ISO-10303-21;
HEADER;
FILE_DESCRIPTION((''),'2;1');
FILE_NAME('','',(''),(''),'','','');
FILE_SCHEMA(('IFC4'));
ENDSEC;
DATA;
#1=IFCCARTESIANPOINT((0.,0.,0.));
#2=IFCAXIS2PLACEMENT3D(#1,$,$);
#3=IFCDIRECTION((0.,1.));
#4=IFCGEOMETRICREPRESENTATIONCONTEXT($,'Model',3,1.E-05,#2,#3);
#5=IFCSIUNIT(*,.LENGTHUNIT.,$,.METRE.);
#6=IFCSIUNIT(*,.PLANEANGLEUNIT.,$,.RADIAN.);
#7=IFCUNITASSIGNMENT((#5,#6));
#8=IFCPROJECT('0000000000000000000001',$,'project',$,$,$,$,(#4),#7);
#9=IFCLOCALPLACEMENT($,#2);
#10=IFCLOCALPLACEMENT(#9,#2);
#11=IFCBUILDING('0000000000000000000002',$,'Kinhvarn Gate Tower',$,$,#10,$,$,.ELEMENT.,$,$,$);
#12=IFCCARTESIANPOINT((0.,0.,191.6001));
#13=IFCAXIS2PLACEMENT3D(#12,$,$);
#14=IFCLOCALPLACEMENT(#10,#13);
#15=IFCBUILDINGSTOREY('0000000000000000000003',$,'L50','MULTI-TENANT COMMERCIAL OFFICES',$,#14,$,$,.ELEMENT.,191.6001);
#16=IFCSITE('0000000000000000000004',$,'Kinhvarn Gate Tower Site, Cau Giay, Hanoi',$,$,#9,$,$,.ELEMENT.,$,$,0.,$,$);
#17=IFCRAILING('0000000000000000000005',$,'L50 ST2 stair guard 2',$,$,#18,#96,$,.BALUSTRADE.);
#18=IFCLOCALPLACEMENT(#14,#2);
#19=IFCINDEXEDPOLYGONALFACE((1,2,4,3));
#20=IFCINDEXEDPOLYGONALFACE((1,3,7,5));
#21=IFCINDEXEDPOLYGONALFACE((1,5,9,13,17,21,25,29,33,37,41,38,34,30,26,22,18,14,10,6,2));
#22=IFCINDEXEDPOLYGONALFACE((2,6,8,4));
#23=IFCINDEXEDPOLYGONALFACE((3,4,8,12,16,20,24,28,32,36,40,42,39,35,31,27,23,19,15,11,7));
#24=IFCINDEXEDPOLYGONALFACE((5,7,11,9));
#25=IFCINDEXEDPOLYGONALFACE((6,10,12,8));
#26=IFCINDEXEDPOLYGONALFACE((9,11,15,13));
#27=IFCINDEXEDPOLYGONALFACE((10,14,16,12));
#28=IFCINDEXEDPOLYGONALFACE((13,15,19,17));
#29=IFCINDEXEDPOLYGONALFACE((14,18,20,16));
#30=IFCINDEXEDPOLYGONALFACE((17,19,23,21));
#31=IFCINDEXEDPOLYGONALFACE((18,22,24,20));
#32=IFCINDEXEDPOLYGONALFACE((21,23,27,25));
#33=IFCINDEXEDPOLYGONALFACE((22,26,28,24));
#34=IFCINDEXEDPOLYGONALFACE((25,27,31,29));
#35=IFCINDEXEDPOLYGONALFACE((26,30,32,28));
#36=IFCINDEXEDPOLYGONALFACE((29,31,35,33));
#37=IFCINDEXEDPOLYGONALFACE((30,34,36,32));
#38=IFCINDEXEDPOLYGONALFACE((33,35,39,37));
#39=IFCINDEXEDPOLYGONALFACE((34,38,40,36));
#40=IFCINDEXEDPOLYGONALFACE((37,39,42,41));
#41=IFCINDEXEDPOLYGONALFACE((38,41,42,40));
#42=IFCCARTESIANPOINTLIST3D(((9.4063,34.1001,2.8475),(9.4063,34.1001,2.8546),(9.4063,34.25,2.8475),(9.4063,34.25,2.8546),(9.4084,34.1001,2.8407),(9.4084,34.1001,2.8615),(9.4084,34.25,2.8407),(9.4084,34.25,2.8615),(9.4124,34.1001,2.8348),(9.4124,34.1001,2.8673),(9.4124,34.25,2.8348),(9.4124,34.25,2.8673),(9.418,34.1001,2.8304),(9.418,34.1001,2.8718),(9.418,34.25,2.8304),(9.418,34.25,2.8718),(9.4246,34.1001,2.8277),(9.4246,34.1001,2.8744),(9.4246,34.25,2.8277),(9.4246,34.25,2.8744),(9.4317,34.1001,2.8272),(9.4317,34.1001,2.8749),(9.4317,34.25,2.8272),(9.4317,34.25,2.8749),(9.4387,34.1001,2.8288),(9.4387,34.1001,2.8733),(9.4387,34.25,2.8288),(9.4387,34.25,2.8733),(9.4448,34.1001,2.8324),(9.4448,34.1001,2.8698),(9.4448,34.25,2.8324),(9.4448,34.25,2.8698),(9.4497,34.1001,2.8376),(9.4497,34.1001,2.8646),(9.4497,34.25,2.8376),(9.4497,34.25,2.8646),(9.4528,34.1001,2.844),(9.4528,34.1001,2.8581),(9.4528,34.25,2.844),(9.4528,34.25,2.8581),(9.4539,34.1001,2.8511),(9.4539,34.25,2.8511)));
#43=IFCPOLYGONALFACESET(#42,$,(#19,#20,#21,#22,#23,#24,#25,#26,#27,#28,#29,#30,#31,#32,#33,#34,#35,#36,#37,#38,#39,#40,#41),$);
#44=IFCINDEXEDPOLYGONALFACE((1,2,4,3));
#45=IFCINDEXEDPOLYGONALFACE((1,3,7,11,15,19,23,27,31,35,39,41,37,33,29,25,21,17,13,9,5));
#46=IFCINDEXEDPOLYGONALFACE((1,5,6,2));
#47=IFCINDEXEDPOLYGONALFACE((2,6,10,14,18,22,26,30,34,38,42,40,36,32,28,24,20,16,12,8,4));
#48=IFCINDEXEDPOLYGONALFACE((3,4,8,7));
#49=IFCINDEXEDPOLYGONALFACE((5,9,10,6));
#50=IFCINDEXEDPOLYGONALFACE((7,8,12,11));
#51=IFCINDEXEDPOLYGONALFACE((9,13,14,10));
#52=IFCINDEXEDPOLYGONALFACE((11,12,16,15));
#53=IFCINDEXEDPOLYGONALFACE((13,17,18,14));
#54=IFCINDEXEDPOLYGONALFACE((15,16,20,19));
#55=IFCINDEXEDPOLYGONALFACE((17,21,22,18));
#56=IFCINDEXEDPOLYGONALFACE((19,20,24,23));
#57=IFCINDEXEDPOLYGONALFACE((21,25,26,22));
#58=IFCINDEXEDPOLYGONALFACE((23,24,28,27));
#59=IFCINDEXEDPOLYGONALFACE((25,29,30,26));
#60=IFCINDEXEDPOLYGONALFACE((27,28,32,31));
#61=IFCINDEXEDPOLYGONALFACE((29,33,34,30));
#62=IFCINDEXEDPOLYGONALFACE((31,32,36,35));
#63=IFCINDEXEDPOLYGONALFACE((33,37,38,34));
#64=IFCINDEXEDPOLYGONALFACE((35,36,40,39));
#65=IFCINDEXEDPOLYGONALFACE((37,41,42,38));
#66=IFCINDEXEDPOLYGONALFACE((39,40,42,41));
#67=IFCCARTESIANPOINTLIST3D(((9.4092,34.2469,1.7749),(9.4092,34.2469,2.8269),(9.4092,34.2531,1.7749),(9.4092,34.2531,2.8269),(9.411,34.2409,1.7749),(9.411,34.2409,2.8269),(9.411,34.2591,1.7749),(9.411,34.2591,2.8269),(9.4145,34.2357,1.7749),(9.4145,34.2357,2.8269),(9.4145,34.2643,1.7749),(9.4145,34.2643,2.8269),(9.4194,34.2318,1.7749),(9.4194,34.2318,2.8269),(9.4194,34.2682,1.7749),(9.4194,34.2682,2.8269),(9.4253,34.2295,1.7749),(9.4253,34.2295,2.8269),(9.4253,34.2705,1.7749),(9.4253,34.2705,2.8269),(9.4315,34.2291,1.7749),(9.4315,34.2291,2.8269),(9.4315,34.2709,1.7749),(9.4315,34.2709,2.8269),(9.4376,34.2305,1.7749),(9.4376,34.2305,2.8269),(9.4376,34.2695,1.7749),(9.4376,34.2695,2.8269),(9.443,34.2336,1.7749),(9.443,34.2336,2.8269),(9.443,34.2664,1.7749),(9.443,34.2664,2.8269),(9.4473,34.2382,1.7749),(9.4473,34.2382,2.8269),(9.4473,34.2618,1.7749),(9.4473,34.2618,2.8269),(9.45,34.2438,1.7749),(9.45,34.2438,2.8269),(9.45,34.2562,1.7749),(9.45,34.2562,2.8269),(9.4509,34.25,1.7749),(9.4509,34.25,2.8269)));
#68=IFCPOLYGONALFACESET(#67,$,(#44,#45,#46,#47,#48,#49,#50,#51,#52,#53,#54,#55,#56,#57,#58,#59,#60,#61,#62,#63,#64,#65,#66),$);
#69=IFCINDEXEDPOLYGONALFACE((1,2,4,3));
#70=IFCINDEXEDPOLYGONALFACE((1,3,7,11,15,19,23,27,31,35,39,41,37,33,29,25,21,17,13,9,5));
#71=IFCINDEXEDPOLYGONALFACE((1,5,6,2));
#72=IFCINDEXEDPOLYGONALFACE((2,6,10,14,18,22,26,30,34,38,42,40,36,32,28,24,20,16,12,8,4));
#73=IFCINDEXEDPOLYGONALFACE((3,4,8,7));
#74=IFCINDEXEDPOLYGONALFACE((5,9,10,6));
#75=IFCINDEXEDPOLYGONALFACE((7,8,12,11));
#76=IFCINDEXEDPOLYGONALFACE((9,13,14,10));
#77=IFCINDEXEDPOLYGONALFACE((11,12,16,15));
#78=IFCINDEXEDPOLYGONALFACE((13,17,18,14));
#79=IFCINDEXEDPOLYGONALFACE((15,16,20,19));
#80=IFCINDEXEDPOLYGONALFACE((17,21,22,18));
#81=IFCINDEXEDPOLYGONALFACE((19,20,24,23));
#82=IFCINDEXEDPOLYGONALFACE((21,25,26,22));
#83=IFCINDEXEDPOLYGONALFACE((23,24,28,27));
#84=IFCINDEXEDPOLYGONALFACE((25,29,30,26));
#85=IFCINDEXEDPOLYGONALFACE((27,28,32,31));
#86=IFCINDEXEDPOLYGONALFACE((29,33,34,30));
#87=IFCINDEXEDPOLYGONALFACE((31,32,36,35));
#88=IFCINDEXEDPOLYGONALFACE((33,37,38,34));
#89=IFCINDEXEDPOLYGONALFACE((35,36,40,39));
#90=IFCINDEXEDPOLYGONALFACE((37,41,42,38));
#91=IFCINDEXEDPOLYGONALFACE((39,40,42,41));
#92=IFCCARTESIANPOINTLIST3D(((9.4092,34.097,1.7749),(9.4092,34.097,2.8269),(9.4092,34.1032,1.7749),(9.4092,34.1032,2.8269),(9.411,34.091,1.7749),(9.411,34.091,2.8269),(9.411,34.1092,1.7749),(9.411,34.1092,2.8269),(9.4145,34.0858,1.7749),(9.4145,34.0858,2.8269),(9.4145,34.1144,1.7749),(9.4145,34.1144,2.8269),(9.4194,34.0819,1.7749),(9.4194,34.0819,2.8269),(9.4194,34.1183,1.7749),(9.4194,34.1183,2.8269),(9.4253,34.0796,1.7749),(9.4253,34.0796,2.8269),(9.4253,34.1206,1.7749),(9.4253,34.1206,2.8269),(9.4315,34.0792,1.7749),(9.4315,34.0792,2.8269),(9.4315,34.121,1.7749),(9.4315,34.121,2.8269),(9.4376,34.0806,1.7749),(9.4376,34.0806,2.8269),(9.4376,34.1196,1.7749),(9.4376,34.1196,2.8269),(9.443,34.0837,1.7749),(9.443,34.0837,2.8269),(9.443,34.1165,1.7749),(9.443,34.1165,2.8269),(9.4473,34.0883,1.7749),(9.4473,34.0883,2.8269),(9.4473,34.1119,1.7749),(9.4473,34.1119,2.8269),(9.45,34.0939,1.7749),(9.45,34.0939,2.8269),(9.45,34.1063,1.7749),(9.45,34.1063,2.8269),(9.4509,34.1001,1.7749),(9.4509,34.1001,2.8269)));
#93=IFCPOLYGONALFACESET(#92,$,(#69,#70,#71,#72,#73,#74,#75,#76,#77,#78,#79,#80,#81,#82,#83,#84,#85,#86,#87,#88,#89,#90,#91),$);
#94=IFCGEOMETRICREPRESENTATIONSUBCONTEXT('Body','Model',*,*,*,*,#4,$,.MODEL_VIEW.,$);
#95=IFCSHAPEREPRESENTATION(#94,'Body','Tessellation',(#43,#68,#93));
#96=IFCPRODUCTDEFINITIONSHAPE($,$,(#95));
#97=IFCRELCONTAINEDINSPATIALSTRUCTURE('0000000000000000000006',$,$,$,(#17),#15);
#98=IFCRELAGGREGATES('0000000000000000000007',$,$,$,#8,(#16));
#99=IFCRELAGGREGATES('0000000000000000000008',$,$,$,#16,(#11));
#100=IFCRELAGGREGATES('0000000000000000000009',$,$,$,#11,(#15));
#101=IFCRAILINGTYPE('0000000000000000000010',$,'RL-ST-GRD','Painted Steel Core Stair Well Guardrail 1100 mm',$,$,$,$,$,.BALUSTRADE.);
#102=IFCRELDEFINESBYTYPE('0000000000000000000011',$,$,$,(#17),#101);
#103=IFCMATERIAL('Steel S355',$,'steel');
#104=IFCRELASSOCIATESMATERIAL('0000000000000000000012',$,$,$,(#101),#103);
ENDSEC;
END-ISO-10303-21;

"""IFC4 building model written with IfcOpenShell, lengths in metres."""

from ifc_helpers import new_model, si_unit, direction, frame, origin, origin_2d, place, context, subcontext, project, spatial, circle, extrude, material, type_object, element, save


model = new_model("IFC4")

# Units and contexts
model_context = context("Model", 3, precision=1e-05, world=origin(), true_north=direction((0.0, 1.0)))
body_context = subcontext(model_context, "Body", "Model", "MODEL_VIEW")
ifc_project = project(units=[si_unit("LENGTHUNIT", "METRE"), si_unit("PLANEANGLEUNIT", "RADIAN")], contexts=[model_context])

# Site, building, storey
site_placement = place(None, origin())
site = spatial("IfcSite", under=ifc_project, at=site_placement, Name="Kinhvarn Gate Tower Site, Cau Giay, Hanoi", CompositionType="ELEMENT", RefElevation=0.0)
building_placement = place(site_placement, origin())
building = spatial("IfcBuilding", under=site, at=building_placement, Name="Kinhvarn Gate Tower", CompositionType="ELEMENT")
storey_placement = place(building_placement, frame((0.0, 0.0, 191.6001)))
storey = spatial("IfcBuildingStorey", under=building, at=storey_placement, Name="L50", Description="MULTI-TENANT COMMERCIAL OFFICES", CompositionType="ELEMENT", Elevation=191.6001)

# Railing
ifc_material_1 = material(Name="Steel S355", Category="steel")
railing_type_1 = type_object("IfcRailingType", Name="RL-ST-GRD", Description="Painted Steel Core Stair Well Guardrail 1100 mm", PredefinedType="BALUSTRADE", material=ifc_material_1)
railing_1_placement = place(storey_placement, frame((9.4299, 34.25, 1.7749)))
element("IfcRailing", 1, at=railing_1_placement, inside=storey, type_object=railing_type_1, Name="L50 ST2 stair guard 2", PredefinedType="BALUSTRADE", context=body_context, shape_type="SweptSolid", body=[
    extrude(circle(Radius=0.0239, at=origin_2d()), frame((0.0, 0.0, 1.0762), z_axis=(0.0, -1.0, 0.0), x_axis=(1.0, 0.0, 0.0)), (0.0, 0.0, 1.0), 0.1499),
    extrude(circle(Radius=0.021, at=origin_2d()), origin(), (0.0, 0.0, 1.0), 1.052),
    extrude(circle(Radius=0.021, at=origin_2d()), frame((0.0, -0.1499, 0.0)), (0.0, 0.0, 1.0), 1.052),
])

save(model, "model.ifc")
